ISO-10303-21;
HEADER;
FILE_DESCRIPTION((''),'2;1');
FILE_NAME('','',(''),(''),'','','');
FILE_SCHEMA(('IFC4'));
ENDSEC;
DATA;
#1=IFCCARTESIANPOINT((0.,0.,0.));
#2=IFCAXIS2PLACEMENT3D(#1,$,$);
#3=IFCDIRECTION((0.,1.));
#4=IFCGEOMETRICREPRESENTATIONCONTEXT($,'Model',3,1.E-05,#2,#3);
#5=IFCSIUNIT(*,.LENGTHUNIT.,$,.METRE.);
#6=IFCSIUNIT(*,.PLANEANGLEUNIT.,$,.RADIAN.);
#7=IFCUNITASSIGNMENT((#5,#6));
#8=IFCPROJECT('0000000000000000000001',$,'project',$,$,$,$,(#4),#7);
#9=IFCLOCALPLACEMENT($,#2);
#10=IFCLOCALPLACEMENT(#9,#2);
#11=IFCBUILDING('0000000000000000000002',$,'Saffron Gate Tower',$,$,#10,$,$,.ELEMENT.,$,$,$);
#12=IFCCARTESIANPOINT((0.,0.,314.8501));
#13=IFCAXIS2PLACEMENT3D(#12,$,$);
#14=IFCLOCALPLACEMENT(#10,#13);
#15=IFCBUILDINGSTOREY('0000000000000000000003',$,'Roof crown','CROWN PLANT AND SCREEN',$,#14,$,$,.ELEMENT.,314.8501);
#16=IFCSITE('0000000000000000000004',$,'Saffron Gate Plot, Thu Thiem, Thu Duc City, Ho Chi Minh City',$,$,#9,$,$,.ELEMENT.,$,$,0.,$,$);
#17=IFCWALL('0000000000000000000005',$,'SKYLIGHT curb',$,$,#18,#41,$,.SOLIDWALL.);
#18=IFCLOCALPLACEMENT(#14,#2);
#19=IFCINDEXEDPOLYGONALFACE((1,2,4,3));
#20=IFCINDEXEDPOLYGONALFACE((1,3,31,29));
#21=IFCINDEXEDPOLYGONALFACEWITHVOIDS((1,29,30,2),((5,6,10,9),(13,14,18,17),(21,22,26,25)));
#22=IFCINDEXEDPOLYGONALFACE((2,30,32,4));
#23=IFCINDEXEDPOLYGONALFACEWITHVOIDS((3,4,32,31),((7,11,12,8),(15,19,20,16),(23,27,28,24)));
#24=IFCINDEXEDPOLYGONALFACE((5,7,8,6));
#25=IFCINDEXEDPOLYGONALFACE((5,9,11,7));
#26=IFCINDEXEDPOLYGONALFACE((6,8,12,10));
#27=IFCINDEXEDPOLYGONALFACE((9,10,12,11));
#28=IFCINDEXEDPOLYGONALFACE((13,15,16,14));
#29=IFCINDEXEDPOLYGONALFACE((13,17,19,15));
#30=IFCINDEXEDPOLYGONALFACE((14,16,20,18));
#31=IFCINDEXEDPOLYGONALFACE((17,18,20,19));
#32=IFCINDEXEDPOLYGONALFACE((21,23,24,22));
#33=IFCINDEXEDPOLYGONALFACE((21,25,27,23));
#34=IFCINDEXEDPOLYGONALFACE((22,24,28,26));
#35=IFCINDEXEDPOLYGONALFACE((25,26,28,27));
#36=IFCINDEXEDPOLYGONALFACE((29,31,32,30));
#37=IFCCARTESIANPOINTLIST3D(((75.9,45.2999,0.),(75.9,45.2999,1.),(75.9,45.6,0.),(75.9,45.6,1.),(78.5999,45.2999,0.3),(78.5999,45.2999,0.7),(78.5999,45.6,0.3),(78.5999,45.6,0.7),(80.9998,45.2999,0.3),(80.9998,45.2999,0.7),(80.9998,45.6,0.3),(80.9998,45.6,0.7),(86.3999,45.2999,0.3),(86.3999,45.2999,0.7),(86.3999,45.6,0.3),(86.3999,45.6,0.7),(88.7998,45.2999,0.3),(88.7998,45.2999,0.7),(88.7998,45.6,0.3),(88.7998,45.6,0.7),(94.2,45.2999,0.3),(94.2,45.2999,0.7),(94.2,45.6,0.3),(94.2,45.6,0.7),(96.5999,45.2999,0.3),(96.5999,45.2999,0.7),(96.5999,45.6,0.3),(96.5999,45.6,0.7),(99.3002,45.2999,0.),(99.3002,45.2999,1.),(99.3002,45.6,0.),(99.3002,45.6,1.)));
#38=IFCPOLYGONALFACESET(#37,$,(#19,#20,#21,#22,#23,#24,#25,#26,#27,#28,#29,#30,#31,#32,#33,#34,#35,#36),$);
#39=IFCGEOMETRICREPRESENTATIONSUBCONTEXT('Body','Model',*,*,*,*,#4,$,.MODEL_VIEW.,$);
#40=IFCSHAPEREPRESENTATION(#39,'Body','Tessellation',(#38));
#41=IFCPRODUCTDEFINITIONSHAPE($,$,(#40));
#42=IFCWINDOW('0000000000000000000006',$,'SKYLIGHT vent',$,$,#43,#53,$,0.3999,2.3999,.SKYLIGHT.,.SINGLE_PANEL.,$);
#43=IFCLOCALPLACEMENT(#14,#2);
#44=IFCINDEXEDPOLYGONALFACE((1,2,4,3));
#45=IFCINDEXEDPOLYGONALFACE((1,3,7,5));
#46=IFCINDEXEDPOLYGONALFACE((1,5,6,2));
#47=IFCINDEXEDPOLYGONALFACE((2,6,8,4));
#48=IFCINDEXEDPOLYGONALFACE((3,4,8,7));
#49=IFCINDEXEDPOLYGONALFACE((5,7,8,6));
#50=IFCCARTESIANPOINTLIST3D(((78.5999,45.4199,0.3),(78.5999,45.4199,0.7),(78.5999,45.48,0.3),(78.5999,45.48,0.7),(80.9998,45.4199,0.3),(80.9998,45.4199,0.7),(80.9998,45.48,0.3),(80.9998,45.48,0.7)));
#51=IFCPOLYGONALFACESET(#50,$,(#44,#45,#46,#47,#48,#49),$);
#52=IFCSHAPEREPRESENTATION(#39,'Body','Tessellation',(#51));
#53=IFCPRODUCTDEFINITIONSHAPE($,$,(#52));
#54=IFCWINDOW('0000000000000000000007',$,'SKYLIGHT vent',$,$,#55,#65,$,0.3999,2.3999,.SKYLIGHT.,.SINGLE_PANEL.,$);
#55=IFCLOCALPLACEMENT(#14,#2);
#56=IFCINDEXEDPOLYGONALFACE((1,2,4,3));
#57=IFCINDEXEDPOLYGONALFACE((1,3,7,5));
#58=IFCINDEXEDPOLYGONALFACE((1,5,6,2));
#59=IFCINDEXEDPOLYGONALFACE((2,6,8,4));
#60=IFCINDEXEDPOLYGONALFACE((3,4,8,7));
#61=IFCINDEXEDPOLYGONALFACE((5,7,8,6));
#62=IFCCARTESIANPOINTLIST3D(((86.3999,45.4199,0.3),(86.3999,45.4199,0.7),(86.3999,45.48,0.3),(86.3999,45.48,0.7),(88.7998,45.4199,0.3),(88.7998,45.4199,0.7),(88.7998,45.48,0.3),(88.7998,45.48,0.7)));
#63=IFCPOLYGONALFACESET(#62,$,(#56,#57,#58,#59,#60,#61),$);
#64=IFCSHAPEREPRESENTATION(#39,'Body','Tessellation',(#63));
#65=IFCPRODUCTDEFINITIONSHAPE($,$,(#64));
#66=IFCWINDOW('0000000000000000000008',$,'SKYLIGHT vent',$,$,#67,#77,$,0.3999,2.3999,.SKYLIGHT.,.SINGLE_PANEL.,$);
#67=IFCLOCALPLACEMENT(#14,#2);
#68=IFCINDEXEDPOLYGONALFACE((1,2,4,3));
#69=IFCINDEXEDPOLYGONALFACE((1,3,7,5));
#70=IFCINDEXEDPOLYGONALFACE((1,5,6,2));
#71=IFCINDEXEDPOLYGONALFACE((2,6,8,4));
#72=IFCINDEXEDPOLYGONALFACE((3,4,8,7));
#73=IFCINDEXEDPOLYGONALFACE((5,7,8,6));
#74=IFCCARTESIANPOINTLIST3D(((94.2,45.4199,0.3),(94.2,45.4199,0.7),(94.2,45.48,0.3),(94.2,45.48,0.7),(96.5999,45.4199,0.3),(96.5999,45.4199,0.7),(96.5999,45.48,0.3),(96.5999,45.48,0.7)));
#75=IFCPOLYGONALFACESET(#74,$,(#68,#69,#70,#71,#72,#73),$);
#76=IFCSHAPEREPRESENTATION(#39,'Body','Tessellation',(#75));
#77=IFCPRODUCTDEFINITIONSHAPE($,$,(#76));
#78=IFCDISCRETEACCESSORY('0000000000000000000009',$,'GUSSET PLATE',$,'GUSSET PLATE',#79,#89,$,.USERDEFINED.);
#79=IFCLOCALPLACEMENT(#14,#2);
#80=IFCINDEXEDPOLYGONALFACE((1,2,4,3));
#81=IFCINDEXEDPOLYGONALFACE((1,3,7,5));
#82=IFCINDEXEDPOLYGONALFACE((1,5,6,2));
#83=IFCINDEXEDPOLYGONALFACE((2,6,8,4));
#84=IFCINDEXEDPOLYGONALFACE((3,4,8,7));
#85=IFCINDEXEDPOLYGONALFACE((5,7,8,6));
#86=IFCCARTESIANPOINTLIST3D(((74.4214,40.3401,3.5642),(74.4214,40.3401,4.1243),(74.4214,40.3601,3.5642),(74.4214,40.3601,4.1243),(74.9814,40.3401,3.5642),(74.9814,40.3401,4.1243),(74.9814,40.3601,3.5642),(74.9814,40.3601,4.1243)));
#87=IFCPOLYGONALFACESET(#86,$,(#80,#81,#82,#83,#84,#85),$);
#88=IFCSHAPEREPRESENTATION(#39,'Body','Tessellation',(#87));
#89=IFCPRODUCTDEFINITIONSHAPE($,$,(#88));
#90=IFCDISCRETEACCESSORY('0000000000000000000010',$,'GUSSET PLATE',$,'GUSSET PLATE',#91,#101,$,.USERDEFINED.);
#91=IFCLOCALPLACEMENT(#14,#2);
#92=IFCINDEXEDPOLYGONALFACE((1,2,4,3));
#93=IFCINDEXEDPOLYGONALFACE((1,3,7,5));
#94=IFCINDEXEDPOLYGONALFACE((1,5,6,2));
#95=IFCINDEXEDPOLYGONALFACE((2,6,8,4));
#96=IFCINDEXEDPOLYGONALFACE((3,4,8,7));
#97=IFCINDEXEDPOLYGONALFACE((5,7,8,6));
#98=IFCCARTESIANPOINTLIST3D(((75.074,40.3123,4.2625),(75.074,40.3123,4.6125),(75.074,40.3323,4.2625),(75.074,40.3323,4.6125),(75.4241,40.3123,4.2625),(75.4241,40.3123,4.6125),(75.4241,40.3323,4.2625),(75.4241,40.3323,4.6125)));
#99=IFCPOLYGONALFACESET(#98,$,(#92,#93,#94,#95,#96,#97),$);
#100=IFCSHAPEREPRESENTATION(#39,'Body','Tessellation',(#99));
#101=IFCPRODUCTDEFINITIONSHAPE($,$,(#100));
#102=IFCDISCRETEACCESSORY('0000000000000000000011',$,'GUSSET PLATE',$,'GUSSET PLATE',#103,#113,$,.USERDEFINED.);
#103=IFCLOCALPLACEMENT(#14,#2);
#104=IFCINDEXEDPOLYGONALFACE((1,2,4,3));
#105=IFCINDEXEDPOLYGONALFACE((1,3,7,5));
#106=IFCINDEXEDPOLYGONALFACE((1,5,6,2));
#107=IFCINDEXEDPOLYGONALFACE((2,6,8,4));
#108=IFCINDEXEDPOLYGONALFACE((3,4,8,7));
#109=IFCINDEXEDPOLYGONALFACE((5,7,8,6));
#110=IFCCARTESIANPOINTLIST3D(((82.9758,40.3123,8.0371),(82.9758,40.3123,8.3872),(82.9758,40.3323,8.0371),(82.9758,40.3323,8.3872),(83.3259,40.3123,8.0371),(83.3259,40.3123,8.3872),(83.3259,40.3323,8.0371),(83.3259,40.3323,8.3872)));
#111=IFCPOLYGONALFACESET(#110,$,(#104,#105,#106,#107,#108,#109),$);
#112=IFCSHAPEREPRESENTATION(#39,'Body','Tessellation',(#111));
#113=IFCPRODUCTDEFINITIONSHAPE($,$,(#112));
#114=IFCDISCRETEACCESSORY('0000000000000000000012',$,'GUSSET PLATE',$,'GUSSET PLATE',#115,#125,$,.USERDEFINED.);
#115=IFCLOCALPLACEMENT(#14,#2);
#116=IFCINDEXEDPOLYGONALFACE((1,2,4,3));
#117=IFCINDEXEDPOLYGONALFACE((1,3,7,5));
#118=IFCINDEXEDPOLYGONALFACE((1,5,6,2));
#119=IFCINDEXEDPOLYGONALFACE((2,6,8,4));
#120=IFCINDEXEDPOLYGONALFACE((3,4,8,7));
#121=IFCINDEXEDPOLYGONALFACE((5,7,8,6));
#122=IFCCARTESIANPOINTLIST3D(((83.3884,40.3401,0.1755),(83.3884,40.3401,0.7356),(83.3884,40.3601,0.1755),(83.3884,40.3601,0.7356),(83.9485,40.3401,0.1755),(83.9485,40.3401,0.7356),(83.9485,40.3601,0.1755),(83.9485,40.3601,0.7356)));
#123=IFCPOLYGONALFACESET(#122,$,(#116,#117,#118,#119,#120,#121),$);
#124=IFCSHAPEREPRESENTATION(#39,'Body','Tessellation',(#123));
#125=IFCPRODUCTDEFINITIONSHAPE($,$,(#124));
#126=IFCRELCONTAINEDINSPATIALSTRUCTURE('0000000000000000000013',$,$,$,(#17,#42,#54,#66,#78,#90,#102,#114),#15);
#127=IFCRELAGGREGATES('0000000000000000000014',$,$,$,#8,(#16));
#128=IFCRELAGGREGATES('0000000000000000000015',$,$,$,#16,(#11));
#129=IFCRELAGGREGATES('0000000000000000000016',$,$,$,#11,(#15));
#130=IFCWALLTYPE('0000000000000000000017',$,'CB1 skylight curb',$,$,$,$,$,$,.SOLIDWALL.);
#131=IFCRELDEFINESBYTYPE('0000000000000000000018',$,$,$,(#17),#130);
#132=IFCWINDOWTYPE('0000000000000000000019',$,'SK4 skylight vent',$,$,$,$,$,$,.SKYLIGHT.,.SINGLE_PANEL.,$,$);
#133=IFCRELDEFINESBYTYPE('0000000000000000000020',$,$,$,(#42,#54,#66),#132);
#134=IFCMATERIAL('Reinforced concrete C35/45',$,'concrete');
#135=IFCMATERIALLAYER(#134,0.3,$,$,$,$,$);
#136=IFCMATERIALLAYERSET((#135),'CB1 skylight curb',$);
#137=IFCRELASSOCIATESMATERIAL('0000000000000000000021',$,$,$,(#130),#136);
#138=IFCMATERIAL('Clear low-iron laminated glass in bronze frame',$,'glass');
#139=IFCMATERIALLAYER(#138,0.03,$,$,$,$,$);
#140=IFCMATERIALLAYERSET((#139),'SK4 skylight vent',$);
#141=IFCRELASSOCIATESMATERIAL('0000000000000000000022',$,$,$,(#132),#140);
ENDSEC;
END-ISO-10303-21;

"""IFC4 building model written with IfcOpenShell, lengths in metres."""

from ifc_helpers import new_model, si_unit, direction, frame, frame_2d, origin, origin_2d, place, context, subcontext, project, spatial, rectangle, extrude, material, layer, layer_set, type_object, element, fill, save


model = new_model("IFC4")

# Units and contexts
model_context = context("Model", 3, precision=1e-05, world=origin(), true_north=direction((0.0, 1.0)))
body_context = subcontext(model_context, "Body", "Model", "MODEL_VIEW")
ifc_project = project(units=[si_unit("LENGTHUNIT", "METRE"), si_unit("PLANEANGLEUNIT", "RADIAN")], contexts=[model_context])

# Site, building, storey
site_placement = place(None, origin())
site = spatial("IfcSite", under=ifc_project, at=site_placement, Name="Saffron Gate Plot, Thu Thiem, Thu Duc City, Ho Chi Minh City", CompositionType="ELEMENT", RefElevation=0.0)
building_placement = place(site_placement, origin())
building = spatial("IfcBuilding", under=site, at=building_placement, Name="Saffron Gate Tower", CompositionType="ELEMENT")
storey_placement = place(building_placement, frame((0.0, 0.0, 314.8501)))
storey = spatial("IfcBuildingStorey", under=building, at=storey_placement, Name="Roof crown", Description="CROWN PLANT AND SCREEN", CompositionType="ELEMENT", Elevation=314.8501)

# Shared definitions
ifc_material_1 = material(Name="Clear low-iron laminated glass in bronze frame", Category="glass")

# Wall, openings, windows
ifc_material_2 = material(Name="Reinforced concrete C35/45", Category="concrete")
ifc_layer_1 = layer(ifc_material_2, 0.3)
ifc_layer_set_1 = layer_set([ifc_layer_1], Name="CB1 skylight curb")
wall_type = type_object("IfcWallType", Name="CB1 skylight curb", PredefinedType="SOLIDWALL", material=ifc_layer_set_1)
wall_placement = place(storey_placement, frame((75.8999, 45.45, 0.0), z_axis=(0.0, 0.0, 1.0), x_axis=(1.0, 0.0, 0.0)))
wall = element("IfcWall", 1, at=wall_placement, inside=storey, type_object=wall_type, Name="SKYLIGHT curb", PredefinedType="SOLIDWALL", context=body_context, shape_type="SweptSolid", body=[
    extrude(rectangle(XDim=23.4001, YDim=0.3, at=frame_2d((11.7002, 0.0))), origin(), (0.0, 0.0, 1.0), 1.0),
])
opening_1_placement = place(wall_placement, frame((2.7, 0.0, 0.3)))
opening_1 = element("IfcOpeningElement", 2, at=opening_1_placement, cuts=wall, PredefinedType="OPENING", context=body_context, shape_type="SweptSolid", body=[
    extrude(rectangle(XDim=2.3999, YDim=0.3999, at=frame_2d((1.2, 0.2))), frame((0.0, 0.1602, 0.0), z_axis=(0.0, -1.0, 0.0), x_axis=(1.0, 0.0, 0.0)), (0.0, 0.0, 1.0), 0.3201),
])
opening_2_placement = place(wall_placement, frame((10.5, 0.0, 0.3)))
opening_2 = element("IfcOpeningElement", 3, at=opening_2_placement, cuts=wall, PredefinedType="OPENING", context=body_context, shape_type="SweptSolid", body=[
    extrude(rectangle(XDim=2.3999, YDim=0.3999, at=frame_2d((1.2, 0.2))), frame((0.0, 0.1602, 0.0), z_axis=(0.0, -1.0, 0.0), x_axis=(1.0, 0.0, 0.0)), (0.0, 0.0, 1.0), 0.3201),
])
opening_3_placement = place(wall_placement, frame((18.3, 0.0, 0.3)))
opening_3 = element("IfcOpeningElement", 4, at=opening_3_placement, cuts=wall, PredefinedType="OPENING", context=body_context, shape_type="SweptSolid", body=[
    extrude(rectangle(XDim=2.3999, YDim=0.3999, at=frame_2d((1.2, 0.2))), frame((0.0, 0.1602, 0.0), z_axis=(0.0, -1.0, 0.0), x_axis=(1.0, 0.0, 0.0)), (0.0, 0.0, 1.0), 0.3201),
])
ifc_layer_2 = layer(ifc_material_1, 0.03)
ifc_layer_set_2 = layer_set([ifc_layer_2], Name="SK4 skylight vent")
window_type = type_object("IfcWindowType", Name="SK4 skylight vent", PartitioningType="SINGLE_PANEL", PredefinedType="SKYLIGHT", material=ifc_layer_set_2)
window_1_placement = place(opening_1_placement, origin())
window_1 = element("IfcWindow", 5, at=window_1_placement, inside=storey, type_object=window_type, Name="SKYLIGHT vent", OverallHeight=0.3999, OverallWidth=2.3999, PartitioningType="SINGLE_PANEL", PredefinedType="SKYLIGHT", context=body_context, shape_type="SweptSolid", body=[
    extrude(rectangle(XDim=2.3999, YDim=0.3999, at=frame_2d((1.2, 0.2))), frame((0.0, 0.03, 0.0), z_axis=(0.0, -1.0, 0.0), x_axis=(1.0, 0.0, 0.0)), (0.0, 0.0, 1.0), 0.0601),
])
fill(opening_1, window_1)
window_2_placement = place(opening_2_placement, origin())
window_2 = element("IfcWindow", 6, at=window_2_placement, inside=storey, type_object=window_type, Name="SKYLIGHT vent", OverallHeight=0.3999, OverallWidth=2.3999, PartitioningType="SINGLE_PANEL", PredefinedType="SKYLIGHT", context=body_context, shape_type="SweptSolid", body=[
    extrude(rectangle(XDim=2.3999, YDim=0.3999, at=frame_2d((1.2, 0.2))), frame((0.0, 0.03, 0.0), z_axis=(0.0, -1.0, 0.0), x_axis=(1.0, 0.0, 0.0)), (0.0, 0.0, 1.0), 0.0601),
])
fill(opening_2, window_2)
window_3_placement = place(opening_3_placement, origin())
window_3 = element("IfcWindow", 7, at=window_3_placement, inside=storey, type_object=window_type, Name="SKYLIGHT vent", OverallHeight=0.3999, OverallWidth=2.3999, PartitioningType="SINGLE_PANEL", PredefinedType="SKYLIGHT", context=body_context, shape_type="SweptSolid", body=[
    extrude(rectangle(XDim=2.3999, YDim=0.3999, at=frame_2d((1.2, 0.2))), frame((0.0, 0.03, 0.0), z_axis=(0.0, -1.0, 0.0), x_axis=(1.0, 0.0, 0.0)), (0.0, 0.0, 1.0), 0.0601),
])
fill(opening_3, window_3)

# Discrete accessories
discrete_accessory_1_placement = place(storey_placement, frame((74.7014, 40.3501, 3.5642), z_axis=(0.0, 0.0, 1.0), x_axis=(1.0, 0.0, 0.0)))
element("IfcDiscreteAccessory", 8, at=discrete_accessory_1_placement, inside=storey, Name="GUSSET PLATE", ObjectType="GUSSET PLATE", PredefinedType="USERDEFINED", context=body_context, shape_type="SweptSolid", body=[
    extrude(rectangle(XDim=0.5601, YDim=0.02, at=origin_2d()), origin(), (0.0, 0.0, 1.0), 0.5601),
])
for number, where, z_axis, x_axis, name in (
    (9, (75.249, 40.3223, 4.2625), (0.0, 0.0, 1.0), (1.0, 0.0, 0.0), "GUSSET PLATE"),
    (10, (83.1509, 40.3223, 8.0371), (0.0, 0.0, 1.0), (1.0, 0.0, 0.0), "GUSSET PLATE"),
):
    element("IfcDiscreteAccessory", number, at=place(storey_placement, frame(where, z_axis=z_axis, x_axis=x_axis)), inside=storey, Name=name, ObjectType="GUSSET PLATE", PredefinedType="USERDEFINED", context=body_context, shape_type="SweptSolid", body=[
        extrude(rectangle(XDim=0.3501, YDim=0.02, at=origin_2d()), origin(), (0.0, 0.0, 1.0), 0.3501),
    ])
discrete_accessory_2_placement = place(storey_placement, frame((83.6685, 40.3501, 0.1755), z_axis=(0.0, 0.0, 1.0), x_axis=(1.0, 0.0, 0.0)))
element("IfcDiscreteAccessory", 11, at=discrete_accessory_2_placement, inside=storey, Name="GUSSET PLATE", ObjectType="GUSSET PLATE", PredefinedType="USERDEFINED", context=body_context, shape_type="SweptSolid", body=[
    extrude(rectangle(XDim=0.5601, YDim=0.02, at=origin_2d()), origin(), (0.0, 0.0, 1.0), 0.5601),
])

save(model, "model.ifc")
